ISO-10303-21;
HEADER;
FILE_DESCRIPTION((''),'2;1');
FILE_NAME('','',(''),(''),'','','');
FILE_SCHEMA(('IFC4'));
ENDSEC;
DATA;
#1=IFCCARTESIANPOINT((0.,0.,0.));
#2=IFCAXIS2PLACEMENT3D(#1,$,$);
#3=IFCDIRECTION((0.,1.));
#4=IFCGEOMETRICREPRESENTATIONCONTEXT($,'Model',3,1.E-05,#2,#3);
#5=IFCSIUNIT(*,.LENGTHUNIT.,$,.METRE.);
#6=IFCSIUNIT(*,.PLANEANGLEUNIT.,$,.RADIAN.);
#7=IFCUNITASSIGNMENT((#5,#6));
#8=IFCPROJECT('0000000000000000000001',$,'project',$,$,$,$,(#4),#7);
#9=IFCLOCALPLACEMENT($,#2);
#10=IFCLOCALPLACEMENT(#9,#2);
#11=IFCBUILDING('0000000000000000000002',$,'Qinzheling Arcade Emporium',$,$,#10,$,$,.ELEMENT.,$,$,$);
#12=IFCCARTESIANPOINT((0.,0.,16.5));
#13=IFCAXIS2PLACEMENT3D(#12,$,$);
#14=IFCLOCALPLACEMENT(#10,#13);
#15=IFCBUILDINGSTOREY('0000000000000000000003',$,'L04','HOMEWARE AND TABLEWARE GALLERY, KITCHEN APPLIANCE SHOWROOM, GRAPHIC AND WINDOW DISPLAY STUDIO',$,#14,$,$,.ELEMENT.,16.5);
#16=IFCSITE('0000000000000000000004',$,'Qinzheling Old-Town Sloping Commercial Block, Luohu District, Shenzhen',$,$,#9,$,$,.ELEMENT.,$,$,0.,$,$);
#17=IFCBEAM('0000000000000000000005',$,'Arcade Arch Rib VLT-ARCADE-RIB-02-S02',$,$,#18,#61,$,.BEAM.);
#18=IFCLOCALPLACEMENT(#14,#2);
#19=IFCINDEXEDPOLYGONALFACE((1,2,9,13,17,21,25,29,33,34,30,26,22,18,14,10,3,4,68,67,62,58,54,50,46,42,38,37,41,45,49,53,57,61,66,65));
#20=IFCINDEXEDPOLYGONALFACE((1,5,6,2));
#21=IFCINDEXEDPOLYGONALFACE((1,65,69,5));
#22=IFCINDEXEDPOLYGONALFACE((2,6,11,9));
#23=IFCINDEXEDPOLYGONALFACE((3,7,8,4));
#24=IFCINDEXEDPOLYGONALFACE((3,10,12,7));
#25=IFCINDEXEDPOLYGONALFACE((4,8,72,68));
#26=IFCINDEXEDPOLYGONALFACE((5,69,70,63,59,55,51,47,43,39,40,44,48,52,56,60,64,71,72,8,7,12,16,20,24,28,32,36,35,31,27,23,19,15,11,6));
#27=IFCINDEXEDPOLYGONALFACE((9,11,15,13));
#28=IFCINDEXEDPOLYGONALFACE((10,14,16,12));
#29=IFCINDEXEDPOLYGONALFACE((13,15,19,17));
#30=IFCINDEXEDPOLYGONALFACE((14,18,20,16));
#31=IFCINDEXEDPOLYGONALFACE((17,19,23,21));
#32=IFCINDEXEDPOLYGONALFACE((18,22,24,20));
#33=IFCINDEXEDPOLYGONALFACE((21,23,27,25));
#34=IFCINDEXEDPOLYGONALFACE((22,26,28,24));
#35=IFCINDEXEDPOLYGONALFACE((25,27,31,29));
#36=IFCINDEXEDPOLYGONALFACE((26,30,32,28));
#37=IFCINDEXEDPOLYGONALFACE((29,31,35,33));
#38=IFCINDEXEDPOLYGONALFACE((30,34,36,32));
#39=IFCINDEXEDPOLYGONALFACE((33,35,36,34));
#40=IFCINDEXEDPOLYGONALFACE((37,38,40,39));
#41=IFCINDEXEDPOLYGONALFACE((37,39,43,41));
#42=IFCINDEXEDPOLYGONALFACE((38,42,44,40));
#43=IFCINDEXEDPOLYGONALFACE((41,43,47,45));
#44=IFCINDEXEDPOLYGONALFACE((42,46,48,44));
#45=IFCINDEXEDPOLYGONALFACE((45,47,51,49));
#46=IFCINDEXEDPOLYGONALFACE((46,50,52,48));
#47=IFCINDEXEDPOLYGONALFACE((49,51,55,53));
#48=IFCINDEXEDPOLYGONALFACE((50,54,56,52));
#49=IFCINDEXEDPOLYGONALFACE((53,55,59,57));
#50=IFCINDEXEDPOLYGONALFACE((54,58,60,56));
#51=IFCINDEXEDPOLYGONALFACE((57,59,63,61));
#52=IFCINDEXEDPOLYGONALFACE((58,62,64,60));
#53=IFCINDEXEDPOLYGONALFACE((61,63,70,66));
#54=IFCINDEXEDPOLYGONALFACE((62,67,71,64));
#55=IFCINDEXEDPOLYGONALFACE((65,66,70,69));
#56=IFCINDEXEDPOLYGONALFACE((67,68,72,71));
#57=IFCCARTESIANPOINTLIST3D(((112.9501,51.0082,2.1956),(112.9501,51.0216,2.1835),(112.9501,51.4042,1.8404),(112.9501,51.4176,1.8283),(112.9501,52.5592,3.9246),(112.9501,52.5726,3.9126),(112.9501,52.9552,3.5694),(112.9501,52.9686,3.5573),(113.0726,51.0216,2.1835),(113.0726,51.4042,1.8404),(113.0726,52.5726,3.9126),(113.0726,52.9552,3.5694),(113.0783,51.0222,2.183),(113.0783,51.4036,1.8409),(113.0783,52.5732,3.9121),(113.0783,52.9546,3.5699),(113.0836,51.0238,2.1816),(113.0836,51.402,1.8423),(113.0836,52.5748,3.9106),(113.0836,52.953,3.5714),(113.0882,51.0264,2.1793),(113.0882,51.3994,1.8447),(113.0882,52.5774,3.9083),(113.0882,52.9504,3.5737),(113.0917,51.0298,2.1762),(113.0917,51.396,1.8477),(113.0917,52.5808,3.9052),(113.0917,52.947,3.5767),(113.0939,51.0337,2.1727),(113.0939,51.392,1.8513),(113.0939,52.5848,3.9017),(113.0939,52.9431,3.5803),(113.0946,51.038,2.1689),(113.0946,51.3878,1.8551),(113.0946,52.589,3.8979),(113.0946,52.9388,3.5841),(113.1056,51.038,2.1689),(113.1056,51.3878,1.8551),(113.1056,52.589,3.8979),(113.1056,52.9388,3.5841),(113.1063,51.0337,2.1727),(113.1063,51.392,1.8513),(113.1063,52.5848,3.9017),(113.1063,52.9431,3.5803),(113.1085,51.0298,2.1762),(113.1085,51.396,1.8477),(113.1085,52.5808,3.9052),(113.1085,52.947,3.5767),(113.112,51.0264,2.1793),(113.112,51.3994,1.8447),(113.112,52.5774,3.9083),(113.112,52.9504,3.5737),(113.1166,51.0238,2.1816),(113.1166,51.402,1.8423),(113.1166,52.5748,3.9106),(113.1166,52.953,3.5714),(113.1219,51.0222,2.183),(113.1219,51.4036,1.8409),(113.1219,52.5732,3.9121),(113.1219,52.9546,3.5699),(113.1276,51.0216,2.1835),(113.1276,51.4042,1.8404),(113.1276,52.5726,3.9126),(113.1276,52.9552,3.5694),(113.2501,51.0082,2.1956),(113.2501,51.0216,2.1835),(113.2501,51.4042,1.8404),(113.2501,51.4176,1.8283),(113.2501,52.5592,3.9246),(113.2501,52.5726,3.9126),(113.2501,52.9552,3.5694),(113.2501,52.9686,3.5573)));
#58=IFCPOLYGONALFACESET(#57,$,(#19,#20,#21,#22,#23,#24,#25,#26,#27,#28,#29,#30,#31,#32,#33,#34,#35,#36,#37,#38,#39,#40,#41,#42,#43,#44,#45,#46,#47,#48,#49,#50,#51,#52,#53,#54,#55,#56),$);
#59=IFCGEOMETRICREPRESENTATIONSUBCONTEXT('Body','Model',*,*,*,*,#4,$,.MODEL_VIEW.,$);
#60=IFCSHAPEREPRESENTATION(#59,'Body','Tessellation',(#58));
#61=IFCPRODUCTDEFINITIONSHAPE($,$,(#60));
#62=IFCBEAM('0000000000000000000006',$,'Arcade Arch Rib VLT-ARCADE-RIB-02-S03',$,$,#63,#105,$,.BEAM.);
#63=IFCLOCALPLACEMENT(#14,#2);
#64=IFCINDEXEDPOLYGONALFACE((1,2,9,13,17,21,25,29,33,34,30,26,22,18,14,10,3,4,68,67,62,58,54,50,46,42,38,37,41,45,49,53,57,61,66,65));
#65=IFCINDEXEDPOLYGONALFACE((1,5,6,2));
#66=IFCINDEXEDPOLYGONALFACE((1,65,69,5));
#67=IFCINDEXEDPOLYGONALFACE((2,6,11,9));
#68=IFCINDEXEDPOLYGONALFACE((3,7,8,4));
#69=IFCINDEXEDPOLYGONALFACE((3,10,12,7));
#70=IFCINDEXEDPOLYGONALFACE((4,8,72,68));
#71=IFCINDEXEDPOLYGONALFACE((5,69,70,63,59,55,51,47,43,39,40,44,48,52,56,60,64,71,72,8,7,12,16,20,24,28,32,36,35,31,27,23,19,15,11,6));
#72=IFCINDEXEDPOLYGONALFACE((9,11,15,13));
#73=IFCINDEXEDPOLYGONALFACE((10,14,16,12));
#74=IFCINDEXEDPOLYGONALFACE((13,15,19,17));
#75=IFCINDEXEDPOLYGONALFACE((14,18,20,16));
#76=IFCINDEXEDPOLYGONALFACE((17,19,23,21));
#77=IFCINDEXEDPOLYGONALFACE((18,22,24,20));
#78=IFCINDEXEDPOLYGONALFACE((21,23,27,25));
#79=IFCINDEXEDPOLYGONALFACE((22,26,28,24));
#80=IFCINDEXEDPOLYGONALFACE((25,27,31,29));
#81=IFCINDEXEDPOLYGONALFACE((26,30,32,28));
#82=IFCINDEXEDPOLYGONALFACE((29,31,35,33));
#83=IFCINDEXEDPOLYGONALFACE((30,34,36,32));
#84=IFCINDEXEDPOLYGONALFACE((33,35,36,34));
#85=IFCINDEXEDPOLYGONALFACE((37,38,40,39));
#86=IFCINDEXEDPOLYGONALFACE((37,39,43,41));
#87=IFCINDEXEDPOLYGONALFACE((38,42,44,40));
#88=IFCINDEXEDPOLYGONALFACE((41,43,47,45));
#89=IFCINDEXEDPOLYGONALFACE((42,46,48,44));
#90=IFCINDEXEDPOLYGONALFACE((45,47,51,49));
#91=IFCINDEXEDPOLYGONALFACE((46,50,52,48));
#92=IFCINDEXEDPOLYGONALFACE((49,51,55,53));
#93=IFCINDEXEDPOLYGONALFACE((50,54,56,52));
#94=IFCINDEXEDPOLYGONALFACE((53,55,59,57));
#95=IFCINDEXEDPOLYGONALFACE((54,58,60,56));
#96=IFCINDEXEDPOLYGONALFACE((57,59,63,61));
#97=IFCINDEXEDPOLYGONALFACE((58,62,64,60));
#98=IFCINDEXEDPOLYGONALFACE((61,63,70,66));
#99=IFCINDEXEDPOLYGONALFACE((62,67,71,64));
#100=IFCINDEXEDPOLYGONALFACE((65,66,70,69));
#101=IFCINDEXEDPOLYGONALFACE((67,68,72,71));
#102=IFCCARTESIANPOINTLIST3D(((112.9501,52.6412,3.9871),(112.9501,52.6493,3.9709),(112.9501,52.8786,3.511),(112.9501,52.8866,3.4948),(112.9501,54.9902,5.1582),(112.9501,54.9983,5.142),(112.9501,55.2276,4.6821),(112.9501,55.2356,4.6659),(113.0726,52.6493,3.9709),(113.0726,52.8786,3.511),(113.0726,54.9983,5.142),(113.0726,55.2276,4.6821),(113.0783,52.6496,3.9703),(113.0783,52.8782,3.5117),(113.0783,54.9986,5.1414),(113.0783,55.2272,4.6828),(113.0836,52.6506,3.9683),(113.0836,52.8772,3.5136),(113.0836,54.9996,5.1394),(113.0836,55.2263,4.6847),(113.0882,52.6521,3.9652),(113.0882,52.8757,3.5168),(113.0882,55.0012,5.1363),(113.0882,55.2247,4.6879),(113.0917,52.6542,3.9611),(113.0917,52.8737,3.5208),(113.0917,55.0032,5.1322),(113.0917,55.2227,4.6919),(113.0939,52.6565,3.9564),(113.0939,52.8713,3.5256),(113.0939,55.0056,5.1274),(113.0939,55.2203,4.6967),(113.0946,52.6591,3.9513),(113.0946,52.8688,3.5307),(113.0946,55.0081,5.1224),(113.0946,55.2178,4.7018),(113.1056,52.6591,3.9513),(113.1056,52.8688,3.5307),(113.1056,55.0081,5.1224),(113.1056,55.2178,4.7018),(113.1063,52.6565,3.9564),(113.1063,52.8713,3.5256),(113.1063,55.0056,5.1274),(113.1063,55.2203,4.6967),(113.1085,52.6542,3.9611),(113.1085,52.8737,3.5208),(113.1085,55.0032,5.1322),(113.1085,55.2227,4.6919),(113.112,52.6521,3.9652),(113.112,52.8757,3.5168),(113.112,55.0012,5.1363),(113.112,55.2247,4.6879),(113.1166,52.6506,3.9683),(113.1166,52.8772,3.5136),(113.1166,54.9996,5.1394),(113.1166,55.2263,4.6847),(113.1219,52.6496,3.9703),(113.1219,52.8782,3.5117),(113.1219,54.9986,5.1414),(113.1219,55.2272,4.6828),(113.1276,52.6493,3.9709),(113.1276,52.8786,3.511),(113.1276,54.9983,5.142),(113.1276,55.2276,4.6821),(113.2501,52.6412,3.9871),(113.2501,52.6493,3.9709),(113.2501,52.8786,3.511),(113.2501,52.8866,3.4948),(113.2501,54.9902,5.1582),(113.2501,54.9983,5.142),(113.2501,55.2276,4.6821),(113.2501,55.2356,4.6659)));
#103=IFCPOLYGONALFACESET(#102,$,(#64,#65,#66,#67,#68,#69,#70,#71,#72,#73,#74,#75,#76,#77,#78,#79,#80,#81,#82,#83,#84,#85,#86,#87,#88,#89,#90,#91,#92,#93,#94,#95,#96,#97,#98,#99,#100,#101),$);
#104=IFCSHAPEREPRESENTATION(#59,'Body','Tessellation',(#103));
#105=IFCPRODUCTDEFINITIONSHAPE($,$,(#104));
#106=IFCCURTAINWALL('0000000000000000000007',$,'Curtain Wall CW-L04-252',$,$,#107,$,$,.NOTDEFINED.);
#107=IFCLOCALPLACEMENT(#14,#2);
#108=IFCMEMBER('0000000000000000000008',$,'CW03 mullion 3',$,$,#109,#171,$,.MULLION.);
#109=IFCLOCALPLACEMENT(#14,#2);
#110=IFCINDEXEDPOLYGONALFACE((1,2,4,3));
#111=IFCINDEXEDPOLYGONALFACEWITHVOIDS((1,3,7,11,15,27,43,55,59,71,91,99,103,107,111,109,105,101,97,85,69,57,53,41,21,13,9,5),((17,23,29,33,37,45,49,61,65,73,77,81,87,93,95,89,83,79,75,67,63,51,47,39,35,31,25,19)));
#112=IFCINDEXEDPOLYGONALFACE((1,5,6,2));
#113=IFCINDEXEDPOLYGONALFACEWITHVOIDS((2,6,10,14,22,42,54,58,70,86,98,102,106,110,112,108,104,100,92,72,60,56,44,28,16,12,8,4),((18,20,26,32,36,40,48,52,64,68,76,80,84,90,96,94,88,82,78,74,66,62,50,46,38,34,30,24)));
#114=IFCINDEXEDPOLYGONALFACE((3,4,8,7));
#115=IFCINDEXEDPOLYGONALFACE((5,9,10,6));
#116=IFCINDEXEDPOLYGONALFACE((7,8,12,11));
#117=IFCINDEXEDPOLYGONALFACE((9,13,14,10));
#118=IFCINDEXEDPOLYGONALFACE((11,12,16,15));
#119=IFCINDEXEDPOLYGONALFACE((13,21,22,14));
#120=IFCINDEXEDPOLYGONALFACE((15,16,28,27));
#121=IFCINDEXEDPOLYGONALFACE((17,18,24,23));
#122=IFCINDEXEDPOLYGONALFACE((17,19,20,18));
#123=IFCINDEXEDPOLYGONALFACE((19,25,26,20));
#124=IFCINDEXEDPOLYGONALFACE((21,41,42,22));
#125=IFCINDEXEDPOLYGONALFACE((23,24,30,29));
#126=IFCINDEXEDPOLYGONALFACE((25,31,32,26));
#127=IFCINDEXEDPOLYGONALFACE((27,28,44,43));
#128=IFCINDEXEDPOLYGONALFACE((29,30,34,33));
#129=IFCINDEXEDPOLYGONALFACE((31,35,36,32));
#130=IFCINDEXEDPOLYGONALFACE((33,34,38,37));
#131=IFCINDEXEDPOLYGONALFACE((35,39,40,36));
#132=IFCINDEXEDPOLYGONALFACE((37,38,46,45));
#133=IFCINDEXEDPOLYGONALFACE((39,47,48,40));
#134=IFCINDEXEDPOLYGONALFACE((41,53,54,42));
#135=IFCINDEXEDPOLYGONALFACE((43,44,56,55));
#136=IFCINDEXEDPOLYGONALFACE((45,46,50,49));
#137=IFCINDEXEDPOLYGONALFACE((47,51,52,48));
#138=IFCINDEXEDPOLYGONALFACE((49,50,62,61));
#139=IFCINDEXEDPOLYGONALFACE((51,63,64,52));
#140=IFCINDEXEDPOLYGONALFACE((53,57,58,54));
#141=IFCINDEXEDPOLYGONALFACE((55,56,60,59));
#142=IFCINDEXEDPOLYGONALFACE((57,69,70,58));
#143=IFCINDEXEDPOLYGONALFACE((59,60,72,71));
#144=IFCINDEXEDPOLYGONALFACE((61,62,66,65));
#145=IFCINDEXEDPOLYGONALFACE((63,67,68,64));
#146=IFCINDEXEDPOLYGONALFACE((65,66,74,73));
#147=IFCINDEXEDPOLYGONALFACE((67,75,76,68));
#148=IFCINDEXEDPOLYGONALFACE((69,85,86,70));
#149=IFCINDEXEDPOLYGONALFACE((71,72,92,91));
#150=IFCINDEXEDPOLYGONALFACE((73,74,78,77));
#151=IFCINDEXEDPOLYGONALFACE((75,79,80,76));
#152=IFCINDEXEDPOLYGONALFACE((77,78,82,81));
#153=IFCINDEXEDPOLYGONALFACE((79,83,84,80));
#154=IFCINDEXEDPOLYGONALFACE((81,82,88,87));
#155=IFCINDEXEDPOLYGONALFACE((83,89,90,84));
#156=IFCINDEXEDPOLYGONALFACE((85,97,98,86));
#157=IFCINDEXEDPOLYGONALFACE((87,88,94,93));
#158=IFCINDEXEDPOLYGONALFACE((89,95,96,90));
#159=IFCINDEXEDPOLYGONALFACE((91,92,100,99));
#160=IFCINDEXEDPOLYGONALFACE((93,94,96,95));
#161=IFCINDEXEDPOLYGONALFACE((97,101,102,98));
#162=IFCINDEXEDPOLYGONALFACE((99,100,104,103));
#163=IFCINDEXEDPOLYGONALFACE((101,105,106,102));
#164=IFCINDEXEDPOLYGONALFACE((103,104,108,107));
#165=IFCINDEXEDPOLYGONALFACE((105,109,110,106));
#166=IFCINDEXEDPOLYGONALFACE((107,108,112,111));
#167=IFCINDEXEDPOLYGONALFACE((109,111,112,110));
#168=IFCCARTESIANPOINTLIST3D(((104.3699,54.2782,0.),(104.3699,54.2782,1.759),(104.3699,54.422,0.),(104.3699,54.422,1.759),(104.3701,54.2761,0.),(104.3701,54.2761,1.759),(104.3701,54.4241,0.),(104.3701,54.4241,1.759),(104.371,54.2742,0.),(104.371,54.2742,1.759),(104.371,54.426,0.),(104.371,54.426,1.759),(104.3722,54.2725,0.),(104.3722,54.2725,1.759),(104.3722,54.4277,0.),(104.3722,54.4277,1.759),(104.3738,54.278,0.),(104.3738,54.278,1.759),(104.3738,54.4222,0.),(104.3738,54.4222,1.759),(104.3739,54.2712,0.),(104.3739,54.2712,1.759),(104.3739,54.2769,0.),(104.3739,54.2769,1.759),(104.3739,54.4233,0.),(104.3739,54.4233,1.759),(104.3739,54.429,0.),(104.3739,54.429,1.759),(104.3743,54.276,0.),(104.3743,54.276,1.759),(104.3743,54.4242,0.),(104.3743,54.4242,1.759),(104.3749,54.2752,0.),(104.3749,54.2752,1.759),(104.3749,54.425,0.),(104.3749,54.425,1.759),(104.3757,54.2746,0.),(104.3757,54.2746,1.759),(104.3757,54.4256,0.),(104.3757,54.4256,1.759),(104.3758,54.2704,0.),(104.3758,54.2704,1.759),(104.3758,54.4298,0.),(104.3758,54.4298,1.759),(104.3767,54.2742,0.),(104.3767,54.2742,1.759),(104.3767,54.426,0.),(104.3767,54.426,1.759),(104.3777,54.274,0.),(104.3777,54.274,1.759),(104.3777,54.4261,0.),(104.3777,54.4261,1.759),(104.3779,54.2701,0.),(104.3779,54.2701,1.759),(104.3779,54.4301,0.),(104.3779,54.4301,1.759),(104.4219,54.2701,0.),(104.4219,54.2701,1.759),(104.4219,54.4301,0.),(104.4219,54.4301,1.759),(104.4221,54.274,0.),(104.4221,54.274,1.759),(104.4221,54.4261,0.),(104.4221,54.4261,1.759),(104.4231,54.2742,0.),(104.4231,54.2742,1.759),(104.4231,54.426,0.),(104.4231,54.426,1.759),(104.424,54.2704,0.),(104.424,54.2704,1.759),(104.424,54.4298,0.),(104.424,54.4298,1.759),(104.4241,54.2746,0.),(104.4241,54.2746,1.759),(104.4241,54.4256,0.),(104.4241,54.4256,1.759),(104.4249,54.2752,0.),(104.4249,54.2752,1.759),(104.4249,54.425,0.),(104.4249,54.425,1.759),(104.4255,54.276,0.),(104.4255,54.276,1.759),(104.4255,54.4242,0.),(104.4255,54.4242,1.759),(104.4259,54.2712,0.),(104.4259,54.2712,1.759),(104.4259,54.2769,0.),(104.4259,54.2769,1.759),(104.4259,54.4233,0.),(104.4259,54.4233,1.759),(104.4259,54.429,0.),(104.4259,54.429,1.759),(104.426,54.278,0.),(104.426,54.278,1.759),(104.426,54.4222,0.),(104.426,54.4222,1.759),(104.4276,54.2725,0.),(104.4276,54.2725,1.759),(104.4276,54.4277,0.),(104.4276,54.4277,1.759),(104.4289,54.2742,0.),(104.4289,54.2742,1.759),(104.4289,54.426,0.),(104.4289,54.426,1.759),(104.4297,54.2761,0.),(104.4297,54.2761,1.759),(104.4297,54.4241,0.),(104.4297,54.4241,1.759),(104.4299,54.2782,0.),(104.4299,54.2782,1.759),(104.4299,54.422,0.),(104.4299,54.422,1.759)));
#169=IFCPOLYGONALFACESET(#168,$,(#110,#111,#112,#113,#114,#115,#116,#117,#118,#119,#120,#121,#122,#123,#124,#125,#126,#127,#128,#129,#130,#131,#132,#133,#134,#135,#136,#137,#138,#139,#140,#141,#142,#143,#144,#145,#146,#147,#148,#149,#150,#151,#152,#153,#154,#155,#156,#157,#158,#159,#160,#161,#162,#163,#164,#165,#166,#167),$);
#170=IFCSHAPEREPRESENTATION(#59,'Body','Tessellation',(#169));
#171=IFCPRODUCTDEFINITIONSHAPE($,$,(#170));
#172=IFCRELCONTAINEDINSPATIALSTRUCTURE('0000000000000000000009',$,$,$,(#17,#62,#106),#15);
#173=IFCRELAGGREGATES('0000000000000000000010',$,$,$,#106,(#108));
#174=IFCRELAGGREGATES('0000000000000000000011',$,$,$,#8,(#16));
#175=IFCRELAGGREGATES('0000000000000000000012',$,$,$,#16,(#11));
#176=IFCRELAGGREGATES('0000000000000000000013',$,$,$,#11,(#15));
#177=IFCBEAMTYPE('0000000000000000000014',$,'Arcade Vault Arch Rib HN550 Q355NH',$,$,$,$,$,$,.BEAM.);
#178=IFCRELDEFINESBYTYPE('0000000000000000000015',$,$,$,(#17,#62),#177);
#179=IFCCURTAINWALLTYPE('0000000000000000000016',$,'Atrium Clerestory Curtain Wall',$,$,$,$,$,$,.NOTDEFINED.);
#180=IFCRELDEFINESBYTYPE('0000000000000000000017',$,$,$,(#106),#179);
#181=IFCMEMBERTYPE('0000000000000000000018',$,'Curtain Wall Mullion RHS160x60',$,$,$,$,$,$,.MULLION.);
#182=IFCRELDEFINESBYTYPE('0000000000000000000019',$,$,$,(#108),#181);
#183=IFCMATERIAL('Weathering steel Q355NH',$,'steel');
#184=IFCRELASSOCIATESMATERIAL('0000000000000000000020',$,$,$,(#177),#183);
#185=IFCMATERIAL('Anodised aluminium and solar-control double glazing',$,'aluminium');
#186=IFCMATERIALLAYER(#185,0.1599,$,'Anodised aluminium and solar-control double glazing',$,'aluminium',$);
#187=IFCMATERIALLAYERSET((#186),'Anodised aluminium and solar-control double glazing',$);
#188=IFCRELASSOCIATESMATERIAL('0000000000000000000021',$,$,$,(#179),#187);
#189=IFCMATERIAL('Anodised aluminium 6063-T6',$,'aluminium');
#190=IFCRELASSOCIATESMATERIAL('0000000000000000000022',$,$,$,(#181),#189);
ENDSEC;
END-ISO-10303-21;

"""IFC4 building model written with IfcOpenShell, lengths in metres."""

from ifc_helpers import new_model, si_unit, direction, frame, origin, origin_2d, place, context, subcontext, project, spatial, hollow_rectangle, i_section, extrude, material, layer, layer_set, material_profile, profile_set, type_object, element, aggregate, save


model = new_model("IFC4")

# Units and contexts
model_context = context("Model", 3, precision=1e-05, world=origin(), true_north=direction((0.0, 1.0)))
body_context = subcontext(model_context, "Body", "Model", "MODEL_VIEW")
ifc_project = project(units=[si_unit("LENGTHUNIT", "METRE"), si_unit("PLANEANGLEUNIT", "RADIAN")], contexts=[model_context])

# Site, building, storey
site_placement = place(None, origin())
site = spatial("IfcSite", under=ifc_project, at=site_placement, Name="Qinzheling Old-Town Sloping Commercial Block, Luohu District, Shenzhen", CompositionType="ELEMENT", RefElevation=0.0)
building_placement = place(site_placement, origin())
building = spatial("IfcBuilding", under=site, at=building_placement, Name="Qinzheling Arcade Emporium", CompositionType="ELEMENT")
storey_placement = place(building_placement, frame((0.0, 0.0, 16.5)))
storey = spatial("IfcBuildingStorey", under=building, at=storey_placement, Name="L04", Description="HOMEWARE AND TABLEWARE GALLERY, KITCHEN APPLIANCE SHOWROOM, GRAPHIC AND WINDOW DISPLAY STUDIO", CompositionType="ELEMENT", Elevation=16.5)

# Shared definitions
ifc_material_1 = material(Name="Weathering steel Q355NH", Category="steel")

# Beams
ifc_material_profile_1 = material_profile(ifc_material_1, i_section(OverallWidth=0.3, OverallDepth=0.55, WebThickness=0.011, FlangeThickness=0.0181, FilletRadius=0.022, at=origin_2d()), Name="HN 550x300x11x18", Category="steel")
ifc_profile_set_1 = profile_set([ifc_material_profile_1], Name="Weathering steel Q355NH")
beam_type_1 = type_object("IfcBeamType", Name="Arcade Vault Arch Rib HN550 Q355NH", PredefinedType="BEAM", material=ifc_profile_set_1)
beam_1_placement = place(storey_placement, frame((113.1001, 51.2129, 2.012), z_axis=(0.0, 0.667756, 0.74438), x_axis=(-1.0, 0.0, 0.0)))
element("IfcBeam", 1, at=beam_1_placement, inside=storey, type_object=beam_type_1, Name="Arcade Arch Rib VLT-ARCADE-RIB-02-S02", PredefinedType="BEAM", context=body_context, shape_type="SweptSolid", body=[
    extrude(i_section(OverallWidth=0.3, OverallDepth=0.55, WebThickness=0.011, FlangeThickness=0.0181, FilletRadius=0.022, at=origin_2d()), origin(), (0.0, 0.0, 1.0), 2.3228),
])
beam_2_placement = place(storey_placement, frame((113.1001, 52.7639, 3.741), z_axis=(0.0, 0.894947, 0.446172), x_axis=(-1.0, 0.0, 0.0)))
element("IfcBeam", 2, at=beam_2_placement, inside=storey, type_object=beam_type_1, Name="Arcade Arch Rib VLT-ARCADE-RIB-02-S03", PredefinedType="BEAM", context=body_context, shape_type="SweptSolid", body=[
    extrude(i_section(OverallWidth=0.3, OverallDepth=0.55, WebThickness=0.011, FlangeThickness=0.0181, FilletRadius=0.022, at=origin_2d()), origin(), (0.0, 0.0, 1.0), 2.6248),
])

# Curtain wall, member
ifc_material_2 = material(Name="Anodised aluminium and solar-control double glazing", Category="aluminium")
ifc_layer_1 = layer(ifc_material_2, 0.1599, Name="Anodised aluminium and solar-control double glazing", Category="aluminium")
ifc_layer_set_1 = layer_set([ifc_layer_1], Name="Anodised aluminium and solar-control double glazing")
curtain_wall_type = type_object("IfcCurtainWallType", Name="Atrium Clerestory Curtain Wall", PredefinedType="NOTDEFINED", material=ifc_layer_set_1)
curtain_wall_placement = place(storey_placement, origin())
curtain_wall = element("IfcCurtainWall", 3, at=curtain_wall_placement, inside=storey, type_object=curtain_wall_type, Name="Curtain Wall CW-L04-252", PredefinedType="NOTDEFINED")
ifc_material_3 = material(Name="Anodised aluminium 6063-T6", Category="aluminium")
ifc_material_profile_2 = material_profile(ifc_material_3, hollow_rectangle(XDim=0.0601, YDim=0.1599, WallThickness=0.0039, InnerFilletRadius=0.0039, OuterFilletRadius=0.0081, at=origin_2d()), Name="RHS 160x60x4", Category="aluminium")
ifc_profile_set_2 = profile_set([ifc_material_profile_2], Name="Anodised aluminium 6063-T6")
member_type_1 = type_object("IfcMemberType", Name="Curtain Wall Mullion RHS160x60", PredefinedType="MULLION", material=ifc_profile_set_2)
member_1_placement = place(storey_placement, frame((104.3999, 54.3501, 0.0), z_axis=(0.0, 0.0, 1.0), x_axis=(1.0, 0.0, 0.0)))
member_1 = element("IfcMember", 4, at=member_1_placement, type_object=member_type_1, Name="CW03 mullion 3", PredefinedType="MULLION", context=body_context, shape_type="SweptSolid", body=[
    extrude(hollow_rectangle(XDim=0.0601, YDim=0.1599, WallThickness=0.0039, InnerFilletRadius=0.0039, OuterFilletRadius=0.0081, at=origin_2d()), origin(), (0.0, 0.0, 1.0), 1.759),
])

aggregate(curtain_wall, [member_1])

save(model, "model.ifc")
